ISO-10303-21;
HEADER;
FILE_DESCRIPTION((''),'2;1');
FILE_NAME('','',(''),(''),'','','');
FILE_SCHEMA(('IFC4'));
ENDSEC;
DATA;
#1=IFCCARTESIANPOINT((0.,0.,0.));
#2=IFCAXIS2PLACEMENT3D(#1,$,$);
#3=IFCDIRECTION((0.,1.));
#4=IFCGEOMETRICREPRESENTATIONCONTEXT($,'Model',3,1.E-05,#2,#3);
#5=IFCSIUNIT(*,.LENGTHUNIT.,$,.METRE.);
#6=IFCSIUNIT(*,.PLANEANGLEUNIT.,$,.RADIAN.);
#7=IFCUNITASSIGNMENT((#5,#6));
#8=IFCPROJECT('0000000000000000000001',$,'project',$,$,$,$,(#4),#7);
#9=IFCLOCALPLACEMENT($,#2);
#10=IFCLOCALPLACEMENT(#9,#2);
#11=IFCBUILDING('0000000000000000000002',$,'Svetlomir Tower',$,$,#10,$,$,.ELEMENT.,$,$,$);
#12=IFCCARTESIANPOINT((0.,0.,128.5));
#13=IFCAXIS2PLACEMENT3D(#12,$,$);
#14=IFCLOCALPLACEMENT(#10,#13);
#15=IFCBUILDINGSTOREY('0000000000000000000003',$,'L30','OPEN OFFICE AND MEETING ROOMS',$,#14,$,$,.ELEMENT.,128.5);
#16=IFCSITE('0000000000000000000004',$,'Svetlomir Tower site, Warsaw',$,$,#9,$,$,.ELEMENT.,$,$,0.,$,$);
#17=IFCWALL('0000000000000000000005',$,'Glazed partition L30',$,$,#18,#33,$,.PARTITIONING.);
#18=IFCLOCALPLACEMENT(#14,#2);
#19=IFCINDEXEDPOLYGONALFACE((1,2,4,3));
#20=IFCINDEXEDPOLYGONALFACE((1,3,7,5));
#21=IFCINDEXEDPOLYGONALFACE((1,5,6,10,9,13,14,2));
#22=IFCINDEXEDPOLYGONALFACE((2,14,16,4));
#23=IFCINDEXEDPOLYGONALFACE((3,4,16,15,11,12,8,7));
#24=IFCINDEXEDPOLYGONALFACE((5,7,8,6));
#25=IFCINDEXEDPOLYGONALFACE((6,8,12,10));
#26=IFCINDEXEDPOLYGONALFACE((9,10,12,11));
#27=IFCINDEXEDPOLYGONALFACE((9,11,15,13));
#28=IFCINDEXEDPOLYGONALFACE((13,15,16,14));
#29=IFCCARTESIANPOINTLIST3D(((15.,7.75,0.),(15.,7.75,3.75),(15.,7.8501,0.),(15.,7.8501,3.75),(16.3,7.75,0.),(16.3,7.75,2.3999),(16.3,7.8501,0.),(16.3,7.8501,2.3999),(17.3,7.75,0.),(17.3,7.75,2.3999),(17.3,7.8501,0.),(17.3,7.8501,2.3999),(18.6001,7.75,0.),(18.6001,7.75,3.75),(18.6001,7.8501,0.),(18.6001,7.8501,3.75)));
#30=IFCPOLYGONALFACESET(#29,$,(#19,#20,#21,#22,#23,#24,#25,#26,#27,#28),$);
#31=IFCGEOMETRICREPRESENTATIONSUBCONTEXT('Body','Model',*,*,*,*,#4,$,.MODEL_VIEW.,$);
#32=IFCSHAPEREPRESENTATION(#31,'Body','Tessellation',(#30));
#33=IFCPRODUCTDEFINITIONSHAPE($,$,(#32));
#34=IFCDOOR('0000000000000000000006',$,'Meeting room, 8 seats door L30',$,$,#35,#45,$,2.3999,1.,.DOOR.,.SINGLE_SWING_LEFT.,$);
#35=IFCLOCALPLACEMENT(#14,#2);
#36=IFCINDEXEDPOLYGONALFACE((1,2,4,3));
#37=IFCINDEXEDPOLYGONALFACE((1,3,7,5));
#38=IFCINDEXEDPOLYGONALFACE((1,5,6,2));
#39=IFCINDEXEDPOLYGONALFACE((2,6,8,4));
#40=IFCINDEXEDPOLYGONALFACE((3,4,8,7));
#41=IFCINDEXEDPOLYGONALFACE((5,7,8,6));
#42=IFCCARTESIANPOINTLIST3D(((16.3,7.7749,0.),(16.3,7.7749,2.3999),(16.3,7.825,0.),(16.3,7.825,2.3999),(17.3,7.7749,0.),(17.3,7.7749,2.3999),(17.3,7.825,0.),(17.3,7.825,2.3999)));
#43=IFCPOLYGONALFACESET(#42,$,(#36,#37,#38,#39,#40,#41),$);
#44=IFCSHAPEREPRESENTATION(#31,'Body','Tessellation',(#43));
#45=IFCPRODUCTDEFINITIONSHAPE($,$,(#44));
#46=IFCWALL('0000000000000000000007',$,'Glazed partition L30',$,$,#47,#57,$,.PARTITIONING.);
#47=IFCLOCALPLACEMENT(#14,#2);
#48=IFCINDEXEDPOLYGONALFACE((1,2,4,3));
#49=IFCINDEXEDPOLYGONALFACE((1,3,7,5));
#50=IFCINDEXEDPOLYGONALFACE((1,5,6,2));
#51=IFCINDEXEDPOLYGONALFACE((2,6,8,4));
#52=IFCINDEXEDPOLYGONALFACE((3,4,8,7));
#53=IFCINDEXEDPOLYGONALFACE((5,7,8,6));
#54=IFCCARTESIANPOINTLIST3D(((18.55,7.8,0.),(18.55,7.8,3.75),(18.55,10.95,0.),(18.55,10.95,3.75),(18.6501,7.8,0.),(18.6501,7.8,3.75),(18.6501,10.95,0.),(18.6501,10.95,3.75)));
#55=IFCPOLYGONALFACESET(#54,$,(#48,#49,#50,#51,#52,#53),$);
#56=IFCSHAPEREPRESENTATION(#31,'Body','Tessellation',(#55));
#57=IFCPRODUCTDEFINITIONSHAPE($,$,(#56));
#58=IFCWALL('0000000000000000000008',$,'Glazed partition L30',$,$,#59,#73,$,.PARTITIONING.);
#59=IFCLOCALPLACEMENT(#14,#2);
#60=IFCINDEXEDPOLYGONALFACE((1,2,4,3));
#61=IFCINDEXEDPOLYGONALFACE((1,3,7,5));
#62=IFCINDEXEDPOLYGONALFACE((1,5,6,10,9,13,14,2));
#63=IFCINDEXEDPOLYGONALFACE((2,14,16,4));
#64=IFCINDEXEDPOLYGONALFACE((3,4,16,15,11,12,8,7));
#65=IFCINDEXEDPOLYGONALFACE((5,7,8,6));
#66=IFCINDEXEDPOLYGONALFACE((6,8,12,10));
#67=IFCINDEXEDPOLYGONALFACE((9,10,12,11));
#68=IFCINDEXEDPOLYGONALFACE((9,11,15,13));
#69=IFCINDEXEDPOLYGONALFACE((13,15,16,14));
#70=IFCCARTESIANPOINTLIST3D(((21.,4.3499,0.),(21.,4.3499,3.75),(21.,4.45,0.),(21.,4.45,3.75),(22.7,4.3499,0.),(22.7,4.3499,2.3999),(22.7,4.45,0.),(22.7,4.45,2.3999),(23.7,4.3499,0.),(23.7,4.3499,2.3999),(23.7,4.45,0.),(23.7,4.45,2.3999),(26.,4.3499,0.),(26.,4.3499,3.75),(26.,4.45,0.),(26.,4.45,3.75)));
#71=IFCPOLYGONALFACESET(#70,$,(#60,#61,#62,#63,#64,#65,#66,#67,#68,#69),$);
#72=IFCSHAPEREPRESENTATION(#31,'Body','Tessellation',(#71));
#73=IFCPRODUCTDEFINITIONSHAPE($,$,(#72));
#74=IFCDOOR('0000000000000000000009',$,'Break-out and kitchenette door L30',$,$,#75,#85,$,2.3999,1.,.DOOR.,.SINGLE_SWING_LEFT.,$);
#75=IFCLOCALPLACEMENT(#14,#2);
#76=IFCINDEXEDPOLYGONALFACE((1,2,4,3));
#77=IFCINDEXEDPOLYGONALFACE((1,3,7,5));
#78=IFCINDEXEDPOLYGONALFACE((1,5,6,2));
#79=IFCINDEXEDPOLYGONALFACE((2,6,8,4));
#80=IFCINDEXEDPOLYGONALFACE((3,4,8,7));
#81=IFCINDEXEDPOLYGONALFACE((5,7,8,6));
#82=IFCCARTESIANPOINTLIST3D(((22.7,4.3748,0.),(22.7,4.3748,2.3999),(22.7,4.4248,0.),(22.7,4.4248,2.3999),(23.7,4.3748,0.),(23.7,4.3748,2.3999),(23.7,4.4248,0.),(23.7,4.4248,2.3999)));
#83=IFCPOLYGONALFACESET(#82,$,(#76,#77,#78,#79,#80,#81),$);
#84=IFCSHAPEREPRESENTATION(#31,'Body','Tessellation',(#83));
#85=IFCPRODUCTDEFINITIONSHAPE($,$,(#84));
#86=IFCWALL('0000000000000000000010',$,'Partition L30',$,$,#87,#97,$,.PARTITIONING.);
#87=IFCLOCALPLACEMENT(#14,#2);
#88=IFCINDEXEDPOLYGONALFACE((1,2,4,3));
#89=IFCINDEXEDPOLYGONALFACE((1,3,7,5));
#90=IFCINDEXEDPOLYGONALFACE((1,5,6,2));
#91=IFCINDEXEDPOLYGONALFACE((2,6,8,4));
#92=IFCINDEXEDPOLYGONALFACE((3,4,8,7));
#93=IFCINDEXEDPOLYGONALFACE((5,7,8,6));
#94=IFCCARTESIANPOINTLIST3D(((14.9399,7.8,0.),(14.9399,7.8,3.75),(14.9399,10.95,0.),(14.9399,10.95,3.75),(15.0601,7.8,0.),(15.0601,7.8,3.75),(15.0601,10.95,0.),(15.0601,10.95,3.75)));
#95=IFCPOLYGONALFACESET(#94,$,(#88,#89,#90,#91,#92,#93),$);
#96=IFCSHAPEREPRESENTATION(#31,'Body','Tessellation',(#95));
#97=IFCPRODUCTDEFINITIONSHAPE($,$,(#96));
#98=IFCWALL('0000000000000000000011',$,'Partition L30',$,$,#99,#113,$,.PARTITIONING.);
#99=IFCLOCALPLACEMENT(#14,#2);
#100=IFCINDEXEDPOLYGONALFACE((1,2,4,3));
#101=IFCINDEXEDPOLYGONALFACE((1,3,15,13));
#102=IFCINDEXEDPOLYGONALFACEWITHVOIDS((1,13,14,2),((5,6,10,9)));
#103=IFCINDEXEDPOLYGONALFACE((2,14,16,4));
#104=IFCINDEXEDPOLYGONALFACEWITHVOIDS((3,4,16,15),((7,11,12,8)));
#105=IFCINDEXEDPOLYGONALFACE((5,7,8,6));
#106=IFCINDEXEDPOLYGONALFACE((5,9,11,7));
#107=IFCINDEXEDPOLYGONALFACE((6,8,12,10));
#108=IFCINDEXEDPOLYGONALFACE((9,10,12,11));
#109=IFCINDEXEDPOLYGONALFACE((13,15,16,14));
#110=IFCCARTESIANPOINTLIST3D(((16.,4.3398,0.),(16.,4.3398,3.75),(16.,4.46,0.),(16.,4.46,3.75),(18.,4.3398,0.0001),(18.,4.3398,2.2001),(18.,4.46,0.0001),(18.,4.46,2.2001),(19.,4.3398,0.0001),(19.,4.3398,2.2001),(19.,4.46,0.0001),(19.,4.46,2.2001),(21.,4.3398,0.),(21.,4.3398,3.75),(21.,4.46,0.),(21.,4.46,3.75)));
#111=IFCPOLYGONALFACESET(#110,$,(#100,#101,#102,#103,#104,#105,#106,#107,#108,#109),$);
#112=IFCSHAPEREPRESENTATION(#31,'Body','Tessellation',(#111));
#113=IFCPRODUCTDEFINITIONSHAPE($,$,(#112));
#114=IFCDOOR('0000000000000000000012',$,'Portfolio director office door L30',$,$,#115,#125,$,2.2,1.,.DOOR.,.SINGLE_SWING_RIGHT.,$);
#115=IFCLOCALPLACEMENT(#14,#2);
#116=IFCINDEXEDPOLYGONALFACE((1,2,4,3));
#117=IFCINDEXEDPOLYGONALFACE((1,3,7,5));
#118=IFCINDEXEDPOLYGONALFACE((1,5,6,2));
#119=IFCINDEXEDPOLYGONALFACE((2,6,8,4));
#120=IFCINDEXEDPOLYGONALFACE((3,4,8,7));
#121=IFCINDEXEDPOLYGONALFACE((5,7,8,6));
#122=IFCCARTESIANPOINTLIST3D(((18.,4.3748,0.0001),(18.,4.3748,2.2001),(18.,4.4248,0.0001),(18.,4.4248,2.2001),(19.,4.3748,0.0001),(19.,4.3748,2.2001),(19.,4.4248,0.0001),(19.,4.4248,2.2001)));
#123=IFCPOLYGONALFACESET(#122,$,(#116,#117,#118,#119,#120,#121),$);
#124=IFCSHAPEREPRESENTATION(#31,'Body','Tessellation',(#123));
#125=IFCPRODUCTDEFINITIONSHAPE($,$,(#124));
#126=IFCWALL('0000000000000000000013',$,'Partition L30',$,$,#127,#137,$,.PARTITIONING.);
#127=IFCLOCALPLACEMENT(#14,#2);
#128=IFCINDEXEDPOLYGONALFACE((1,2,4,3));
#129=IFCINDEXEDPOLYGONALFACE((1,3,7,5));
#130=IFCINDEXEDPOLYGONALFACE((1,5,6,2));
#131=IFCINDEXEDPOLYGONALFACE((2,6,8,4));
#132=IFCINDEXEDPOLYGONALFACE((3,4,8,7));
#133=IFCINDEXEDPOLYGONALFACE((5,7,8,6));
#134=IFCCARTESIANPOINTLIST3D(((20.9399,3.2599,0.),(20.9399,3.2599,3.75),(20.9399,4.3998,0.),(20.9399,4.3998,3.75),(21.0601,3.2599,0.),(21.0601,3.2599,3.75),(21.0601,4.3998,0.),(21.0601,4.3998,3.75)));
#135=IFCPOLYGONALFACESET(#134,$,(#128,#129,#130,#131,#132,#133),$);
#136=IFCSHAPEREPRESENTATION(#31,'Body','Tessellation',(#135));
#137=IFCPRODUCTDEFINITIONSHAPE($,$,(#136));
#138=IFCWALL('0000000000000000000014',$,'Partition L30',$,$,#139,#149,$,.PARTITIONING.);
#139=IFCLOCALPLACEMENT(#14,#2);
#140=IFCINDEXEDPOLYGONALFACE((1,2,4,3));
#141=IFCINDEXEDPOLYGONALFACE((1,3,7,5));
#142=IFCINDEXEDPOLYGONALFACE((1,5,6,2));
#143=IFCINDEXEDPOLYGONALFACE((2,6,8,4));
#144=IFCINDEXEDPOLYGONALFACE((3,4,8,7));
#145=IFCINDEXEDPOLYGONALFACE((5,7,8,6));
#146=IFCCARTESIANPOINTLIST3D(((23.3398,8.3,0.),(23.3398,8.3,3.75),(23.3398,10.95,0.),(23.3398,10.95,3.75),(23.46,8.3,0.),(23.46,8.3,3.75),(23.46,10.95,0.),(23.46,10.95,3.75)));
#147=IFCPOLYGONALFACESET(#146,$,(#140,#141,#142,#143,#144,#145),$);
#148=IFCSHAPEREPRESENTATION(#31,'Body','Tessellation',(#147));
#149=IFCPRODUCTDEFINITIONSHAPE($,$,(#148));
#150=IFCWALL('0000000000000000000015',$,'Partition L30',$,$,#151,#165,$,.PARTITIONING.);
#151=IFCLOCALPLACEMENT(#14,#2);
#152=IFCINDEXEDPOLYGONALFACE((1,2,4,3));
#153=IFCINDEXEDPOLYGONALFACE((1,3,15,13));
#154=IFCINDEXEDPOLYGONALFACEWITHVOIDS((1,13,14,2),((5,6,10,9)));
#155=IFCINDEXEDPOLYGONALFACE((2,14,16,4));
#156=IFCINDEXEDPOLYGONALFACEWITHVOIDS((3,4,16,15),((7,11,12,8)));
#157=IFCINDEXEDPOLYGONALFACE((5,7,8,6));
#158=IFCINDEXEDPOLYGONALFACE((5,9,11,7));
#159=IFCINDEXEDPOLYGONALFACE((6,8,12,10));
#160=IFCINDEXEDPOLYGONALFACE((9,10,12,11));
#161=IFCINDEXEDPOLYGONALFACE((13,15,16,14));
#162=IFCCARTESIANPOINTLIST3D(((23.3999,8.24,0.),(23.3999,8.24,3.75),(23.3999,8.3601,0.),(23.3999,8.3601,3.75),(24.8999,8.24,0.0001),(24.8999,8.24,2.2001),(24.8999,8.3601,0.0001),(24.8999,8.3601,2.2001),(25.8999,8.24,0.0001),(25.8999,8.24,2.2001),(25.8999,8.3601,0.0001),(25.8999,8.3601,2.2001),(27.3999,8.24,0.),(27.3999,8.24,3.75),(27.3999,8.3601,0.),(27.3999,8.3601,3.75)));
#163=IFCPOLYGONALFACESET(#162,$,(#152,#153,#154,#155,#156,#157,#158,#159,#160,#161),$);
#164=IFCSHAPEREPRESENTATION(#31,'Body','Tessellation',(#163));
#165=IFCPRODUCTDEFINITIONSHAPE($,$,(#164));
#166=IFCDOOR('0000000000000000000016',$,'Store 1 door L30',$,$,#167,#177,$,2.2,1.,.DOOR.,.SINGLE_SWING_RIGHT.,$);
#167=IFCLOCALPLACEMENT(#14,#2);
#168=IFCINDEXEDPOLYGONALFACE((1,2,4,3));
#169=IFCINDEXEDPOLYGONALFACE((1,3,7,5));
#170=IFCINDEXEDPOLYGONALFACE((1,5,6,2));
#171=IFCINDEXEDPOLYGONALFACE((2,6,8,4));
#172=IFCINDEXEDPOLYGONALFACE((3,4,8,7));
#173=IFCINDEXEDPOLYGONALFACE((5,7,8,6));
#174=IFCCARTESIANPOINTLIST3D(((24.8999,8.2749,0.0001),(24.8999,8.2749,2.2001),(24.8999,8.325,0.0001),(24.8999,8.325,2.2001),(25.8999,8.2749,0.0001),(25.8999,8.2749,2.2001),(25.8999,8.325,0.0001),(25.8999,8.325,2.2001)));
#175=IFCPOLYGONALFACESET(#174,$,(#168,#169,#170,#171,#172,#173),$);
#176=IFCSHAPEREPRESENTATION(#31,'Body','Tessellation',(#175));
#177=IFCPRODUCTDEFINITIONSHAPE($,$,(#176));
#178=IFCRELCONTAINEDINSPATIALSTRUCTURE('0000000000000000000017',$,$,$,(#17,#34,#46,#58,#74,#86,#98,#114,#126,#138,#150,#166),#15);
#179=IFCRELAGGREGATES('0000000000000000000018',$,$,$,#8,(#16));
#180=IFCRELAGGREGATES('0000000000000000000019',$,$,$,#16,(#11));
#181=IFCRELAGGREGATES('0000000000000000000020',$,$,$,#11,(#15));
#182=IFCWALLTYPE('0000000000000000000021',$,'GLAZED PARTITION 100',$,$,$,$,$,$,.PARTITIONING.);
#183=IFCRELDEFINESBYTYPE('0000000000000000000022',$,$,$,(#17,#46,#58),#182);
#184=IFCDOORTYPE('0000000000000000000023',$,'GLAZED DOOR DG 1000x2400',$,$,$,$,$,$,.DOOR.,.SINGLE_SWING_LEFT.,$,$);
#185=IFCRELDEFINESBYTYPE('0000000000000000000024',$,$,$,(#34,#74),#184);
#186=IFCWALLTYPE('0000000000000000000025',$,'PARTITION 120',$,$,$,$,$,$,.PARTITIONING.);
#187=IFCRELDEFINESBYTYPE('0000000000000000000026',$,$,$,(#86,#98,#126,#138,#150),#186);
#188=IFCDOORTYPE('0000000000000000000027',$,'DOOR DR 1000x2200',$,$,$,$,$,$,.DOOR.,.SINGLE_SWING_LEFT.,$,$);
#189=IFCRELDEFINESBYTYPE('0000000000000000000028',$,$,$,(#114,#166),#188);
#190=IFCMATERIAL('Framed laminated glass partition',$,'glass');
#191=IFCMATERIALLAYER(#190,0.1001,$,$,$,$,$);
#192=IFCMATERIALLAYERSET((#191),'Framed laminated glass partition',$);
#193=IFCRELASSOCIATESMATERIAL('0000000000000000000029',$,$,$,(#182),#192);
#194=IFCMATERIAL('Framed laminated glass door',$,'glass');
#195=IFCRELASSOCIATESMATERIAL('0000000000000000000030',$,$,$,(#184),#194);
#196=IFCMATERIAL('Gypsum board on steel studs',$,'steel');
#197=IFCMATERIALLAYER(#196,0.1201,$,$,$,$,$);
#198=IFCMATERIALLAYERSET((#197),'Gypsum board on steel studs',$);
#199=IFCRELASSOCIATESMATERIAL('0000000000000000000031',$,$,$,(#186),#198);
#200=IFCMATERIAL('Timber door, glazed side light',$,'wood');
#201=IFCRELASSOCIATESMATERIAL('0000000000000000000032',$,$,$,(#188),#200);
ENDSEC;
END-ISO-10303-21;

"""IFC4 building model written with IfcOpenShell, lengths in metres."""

from ifc_helpers import new_model, si_unit, direction, frame, frame_2d, origin, place, context, subcontext, project, spatial, rectangle, extrude, material, layer, layer_set, type_object, element, fill, save


model = new_model("IFC4")

# Units and contexts
model_context = context("Model", 3, precision=1e-05, world=origin(), true_north=direction((0.0, 1.0)))
body_context = subcontext(model_context, "Body", "Model", "MODEL_VIEW")
ifc_project = project(units=[si_unit("LENGTHUNIT", "METRE"), si_unit("PLANEANGLEUNIT", "RADIAN")], contexts=[model_context])

# Site, building, storey
site_placement = place(None, origin())
site = spatial("IfcSite", under=ifc_project, at=site_placement, Name="Svetlomir Tower site, Warsaw", CompositionType="ELEMENT", RefElevation=0.0)
building_placement = place(site_placement, origin())
building = spatial("IfcBuilding", under=site, at=building_placement, Name="Svetlomir Tower", CompositionType="ELEMENT")
storey_placement = place(building_placement, frame((0.0, 0.0, 128.5)))
storey = spatial("IfcBuildingStorey", under=building, at=storey_placement, Name="L30", Description="OPEN OFFICE AND MEETING ROOMS", CompositionType="ELEMENT", Elevation=128.5)

# Wall, opening, door
ifc_material_1 = material(Name="Framed laminated glass partition", Category="glass")
ifc_layer_1 = layer(ifc_material_1, 0.1001)
ifc_layer_set_1 = layer_set([ifc_layer_1], Name="Framed laminated glass partition")
wall_type_1 = type_object("IfcWallType", Name="GLAZED PARTITION 100", PredefinedType="PARTITIONING", material=ifc_layer_set_1)
wall_1_placement = place(storey_placement, frame((15.0, 7.8, 0.0), z_axis=(0.0, 0.0, 1.0), x_axis=(1.0, 0.0, 0.0)))
wall_1 = element("IfcWall", 1, at=wall_1_placement, inside=storey, type_object=wall_type_1, Name="Glazed partition L30", PredefinedType="PARTITIONING", context=body_context, shape_type="SweptSolid", body=[
    extrude(rectangle(XDim=3.6001, YDim=0.1001, at=frame_2d((1.8, 0.0))), origin(), (0.0, 0.0, 1.0), 3.75),
])
opening_1_placement = place(wall_1_placement, frame((1.3, 0.0, 0.0)))
opening_1 = element("IfcOpeningElement", 2, at=opening_1_placement, cuts=wall_1, PredefinedType="OPENING", context=body_context, shape_type="SweptSolid", body=[
    extrude(rectangle(XDim=1.0, YDim=2.3999, at=frame_2d((0.5, 1.2))), frame((0.0, 0.0601, 0.0), z_axis=(0.0, -1.0, 0.0), x_axis=(1.0, 0.0, 0.0)), (0.0, 0.0, 1.0), 0.1201),
])
ifc_material_2 = material(Name="Framed laminated glass door", Category="glass")
door_type_1 = type_object("IfcDoorType", Name="GLAZED DOOR DG 1000x2400", OperationType="SINGLE_SWING_LEFT", PredefinedType="DOOR", material=ifc_material_2)
door_1_placement = place(opening_1_placement, origin())
door_1 = element("IfcDoor", 3, at=door_1_placement, inside=storey, type_object=door_type_1, Name="Meeting room, 8 seats door L30", OperationType="SINGLE_SWING_LEFT", OverallHeight=2.3999, OverallWidth=1.0, PredefinedType="DOOR", context=body_context, shape_type="SweptSolid", body=[
    extrude(rectangle(XDim=1.0, YDim=2.3999, at=frame_2d((0.5, 1.2))), frame((0.0, 0.0249, 0.0), z_axis=(0.0, -1.0, 0.0), x_axis=(1.0, 0.0, 0.0)), (0.0, 0.0, 1.0), 0.05),
])
fill(opening_1, door_1)

# Wall
wall_2_placement = place(storey_placement, frame((18.6001, 7.8, 0.0), z_axis=(0.0, 0.0, 1.0), x_axis=(0.0, 1.0, 0.0)))
element("IfcWall", 4, at=wall_2_placement, inside=storey, type_object=wall_type_1, Name="Glazed partition L30", PredefinedType="PARTITIONING", context=body_context, shape_type="SweptSolid", body=[
    extrude(rectangle(XDim=3.1499, YDim=0.1001, at=frame_2d((1.575, 0.0))), origin(), (0.0, 0.0, 1.0), 3.75),
])

# Wall, opening, door
wall_3_placement = place(storey_placement, frame((21.0, 4.3999, 0.0), z_axis=(0.0, 0.0, 1.0), x_axis=(1.0, 0.0, 0.0)))
wall_3 = element("IfcWall", 5, at=wall_3_placement, inside=storey, type_object=wall_type_1, Name="Glazed partition L30", PredefinedType="PARTITIONING", context=body_context, shape_type="SweptSolid", body=[
    extrude(rectangle(XDim=5.0, YDim=0.1001, at=frame_2d((2.5, 0.0))), origin(), (0.0, 0.0, 1.0), 3.75),
])
opening_2_placement = place(wall_3_placement, frame((1.7, 0.0, 0.0)))
opening_2 = element("IfcOpeningElement", 6, at=opening_2_placement, cuts=wall_3, PredefinedType="OPENING", context=body_context, shape_type="SweptSolid", body=[
    extrude(rectangle(XDim=1.0, YDim=2.3999, at=frame_2d((0.5, 1.2))), frame((0.0, 0.0601, 0.0), z_axis=(0.0, -1.0, 0.0), x_axis=(1.0, 0.0, 0.0)), (0.0, 0.0, 1.0), 0.1201),
])
door_2_placement = place(opening_2_placement, origin())
door_2 = element("IfcDoor", 7, at=door_2_placement, inside=storey, type_object=door_type_1, Name="Break-out and kitchenette door L30", OperationType="SINGLE_SWING_LEFT", OverallHeight=2.3999, OverallWidth=1.0, PredefinedType="DOOR", context=body_context, shape_type="SweptSolid", body=[
    extrude(rectangle(XDim=1.0, YDim=2.3999, at=frame_2d((0.5, 1.2))), frame((0.0, 0.0249, 0.0), z_axis=(0.0, -1.0, 0.0), x_axis=(1.0, 0.0, 0.0)), (0.0, 0.0, 1.0), 0.05),
])
fill(opening_2, door_2)

# Wall
ifc_material_3 = material(Name="Gypsum board on steel studs", Category="steel")
ifc_layer_2 = layer(ifc_material_3, 0.1201)
ifc_layer_set_2 = layer_set([ifc_layer_2], Name="Gypsum board on steel studs")
wall_type_2 = type_object("IfcWallType", Name="PARTITION 120", PredefinedType="PARTITIONING", material=ifc_layer_set_2)
wall_4_placement = place(storey_placement, frame((15.0, 7.8, 0.0), z_axis=(0.0, 0.0, 1.0), x_axis=(0.0, 1.0, 0.0)))
element("IfcWall", 8, at=wall_4_placement, inside=storey, type_object=wall_type_2, Name="Partition L30", PredefinedType="PARTITIONING", context=body_context, shape_type="SweptSolid", body=[
    extrude(rectangle(XDim=3.1499, YDim=0.1201, at=frame_2d((1.575, 0.0))), origin(), (0.0, 0.0, 1.0), 3.75),
])

# Wall, opening, door
wall_5_placement = place(storey_placement, frame((16.0, 4.3999, 0.0), z_axis=(0.0, 0.0, 1.0), x_axis=(1.0, 0.0, 0.0)))
wall_5 = element("IfcWall", 9, at=wall_5_placement, inside=storey, type_object=wall_type_2, Name="Partition L30", PredefinedType="PARTITIONING", context=body_context, shape_type="SweptSolid", body=[
    extrude(rectangle(XDim=5.0, YDim=0.1201, at=frame_2d((2.5, 0.0))), origin(), (0.0, 0.0, 1.0), 3.75),
])
opening_3_placement = place(wall_5_placement, frame((2.0, 0.0, 0.0)))
opening_3 = element("IfcOpeningElement", 10, at=opening_3_placement, cuts=wall_5, PredefinedType="OPENING", context=body_context, shape_type="SweptSolid", body=[
    extrude(rectangle(XDim=1.0, YDim=2.2, at=frame_2d((0.5, 1.1001))), frame((0.0, 0.0701, 0.0), z_axis=(0.0, -1.0, 0.0), x_axis=(1.0, 0.0, 0.0)), (0.0, 0.0, 1.0), 0.1401),
])
ifc_material_4 = material(Name="Timber door, glazed side light", Category="wood")
door_type_2 = type_object("IfcDoorType", Name="DOOR DR 1000x2200", OperationType="SINGLE_SWING_LEFT", PredefinedType="DOOR", material=ifc_material_4)
door_3_placement = place(opening_3_placement, origin())
door_3 = element("IfcDoor", 11, at=door_3_placement, inside=storey, type_object=door_type_2, Name="Portfolio director office door L30", OperationType="SINGLE_SWING_RIGHT", OverallHeight=2.2, OverallWidth=1.0, PredefinedType="DOOR", context=body_context, shape_type="SweptSolid", body=[
    extrude(rectangle(XDim=1.0, YDim=2.2, at=frame_2d((0.5, 1.1001))), frame((0.0, 0.0249, 0.0), z_axis=(0.0, -1.0, 0.0), x_axis=(1.0, 0.0, 0.0)), (0.0, 0.0, 1.0), 0.05),
])
fill(opening_3, door_3)

# Walls
wall_6_placement = place(storey_placement, frame((21.0, 3.26, 0.0), z_axis=(0.0, 0.0, 1.0), x_axis=(0.0, 1.0, 0.0)))
element("IfcWall", 12, at=wall_6_placement, inside=storey, type_object=wall_type_2, Name="Partition L30", PredefinedType="PARTITIONING", context=body_context, shape_type="SweptSolid", body=[
    extrude(rectangle(XDim=1.1399, YDim=0.1201, at=frame_2d((0.5698, 0.0))), origin(), (0.0, 0.0, 1.0), 3.75),
])
wall_7_placement = place(storey_placement, frame((23.3999, 8.3, 0.0), z_axis=(0.0, 0.0, 1.0), x_axis=(0.0, 1.0, 0.0)))
element("IfcWall", 13, at=wall_7_placement, inside=storey, type_object=wall_type_2, Name="Partition L30", PredefinedType="PARTITIONING", context=body_context, shape_type="SweptSolid", body=[
    extrude(rectangle(XDim=2.6499, YDim=0.1201, at=frame_2d((1.325, 0.0))), origin(), (0.0, 0.0, 1.0), 3.75),
])

# Wall, opening, door
wall_8_placement = place(storey_placement, frame((23.3999, 8.3, 0.0), z_axis=(0.0, 0.0, 1.0), x_axis=(1.0, 0.0, 0.0)))
wall_8 = element("IfcWall", 14, at=wall_8_placement, inside=storey, type_object=wall_type_2, Name="Partition L30", PredefinedType="PARTITIONING", context=body_context, shape_type="SweptSolid", body=[
    extrude(rectangle(XDim=4.0, YDim=0.1201, at=frame_2d((2.0, 0.0))), origin(), (0.0, 0.0, 1.0), 3.75),
])
opening_4_placement = place(wall_8_placement, frame((1.5, 0.0, 0.0)))
opening_4 = element("IfcOpeningElement", 15, at=opening_4_placement, cuts=wall_8, PredefinedType="OPENING", context=body_context, shape_type="SweptSolid", body=[
    extrude(rectangle(XDim=1.0, YDim=2.2, at=frame_2d((0.5, 1.1001))), frame((0.0, 0.0701, 0.0), z_axis=(0.0, -1.0, 0.0), x_axis=(1.0, 0.0, 0.0)), (0.0, 0.0, 1.0), 0.1401),
])
door_4_placement = place(opening_4_placement, origin())
door_4 = element("IfcDoor", 16, at=door_4_placement, inside=storey, type_object=door_type_2, Name="Store 1 door L30", OperationType="SINGLE_SWING_RIGHT", OverallHeight=2.2, OverallWidth=1.0, PredefinedType="DOOR", context=body_context, shape_type="SweptSolid", body=[
    extrude(rectangle(XDim=1.0, YDim=2.2, at=frame_2d((0.5, 1.1001))), frame((0.0, 0.0249, 0.0), z_axis=(0.0, -1.0, 0.0), x_axis=(1.0, 0.0, 0.0)), (0.0, 0.0, 1.0), 0.05),
])
fill(opening_4, door_4)

save(model, "model.ifc")
